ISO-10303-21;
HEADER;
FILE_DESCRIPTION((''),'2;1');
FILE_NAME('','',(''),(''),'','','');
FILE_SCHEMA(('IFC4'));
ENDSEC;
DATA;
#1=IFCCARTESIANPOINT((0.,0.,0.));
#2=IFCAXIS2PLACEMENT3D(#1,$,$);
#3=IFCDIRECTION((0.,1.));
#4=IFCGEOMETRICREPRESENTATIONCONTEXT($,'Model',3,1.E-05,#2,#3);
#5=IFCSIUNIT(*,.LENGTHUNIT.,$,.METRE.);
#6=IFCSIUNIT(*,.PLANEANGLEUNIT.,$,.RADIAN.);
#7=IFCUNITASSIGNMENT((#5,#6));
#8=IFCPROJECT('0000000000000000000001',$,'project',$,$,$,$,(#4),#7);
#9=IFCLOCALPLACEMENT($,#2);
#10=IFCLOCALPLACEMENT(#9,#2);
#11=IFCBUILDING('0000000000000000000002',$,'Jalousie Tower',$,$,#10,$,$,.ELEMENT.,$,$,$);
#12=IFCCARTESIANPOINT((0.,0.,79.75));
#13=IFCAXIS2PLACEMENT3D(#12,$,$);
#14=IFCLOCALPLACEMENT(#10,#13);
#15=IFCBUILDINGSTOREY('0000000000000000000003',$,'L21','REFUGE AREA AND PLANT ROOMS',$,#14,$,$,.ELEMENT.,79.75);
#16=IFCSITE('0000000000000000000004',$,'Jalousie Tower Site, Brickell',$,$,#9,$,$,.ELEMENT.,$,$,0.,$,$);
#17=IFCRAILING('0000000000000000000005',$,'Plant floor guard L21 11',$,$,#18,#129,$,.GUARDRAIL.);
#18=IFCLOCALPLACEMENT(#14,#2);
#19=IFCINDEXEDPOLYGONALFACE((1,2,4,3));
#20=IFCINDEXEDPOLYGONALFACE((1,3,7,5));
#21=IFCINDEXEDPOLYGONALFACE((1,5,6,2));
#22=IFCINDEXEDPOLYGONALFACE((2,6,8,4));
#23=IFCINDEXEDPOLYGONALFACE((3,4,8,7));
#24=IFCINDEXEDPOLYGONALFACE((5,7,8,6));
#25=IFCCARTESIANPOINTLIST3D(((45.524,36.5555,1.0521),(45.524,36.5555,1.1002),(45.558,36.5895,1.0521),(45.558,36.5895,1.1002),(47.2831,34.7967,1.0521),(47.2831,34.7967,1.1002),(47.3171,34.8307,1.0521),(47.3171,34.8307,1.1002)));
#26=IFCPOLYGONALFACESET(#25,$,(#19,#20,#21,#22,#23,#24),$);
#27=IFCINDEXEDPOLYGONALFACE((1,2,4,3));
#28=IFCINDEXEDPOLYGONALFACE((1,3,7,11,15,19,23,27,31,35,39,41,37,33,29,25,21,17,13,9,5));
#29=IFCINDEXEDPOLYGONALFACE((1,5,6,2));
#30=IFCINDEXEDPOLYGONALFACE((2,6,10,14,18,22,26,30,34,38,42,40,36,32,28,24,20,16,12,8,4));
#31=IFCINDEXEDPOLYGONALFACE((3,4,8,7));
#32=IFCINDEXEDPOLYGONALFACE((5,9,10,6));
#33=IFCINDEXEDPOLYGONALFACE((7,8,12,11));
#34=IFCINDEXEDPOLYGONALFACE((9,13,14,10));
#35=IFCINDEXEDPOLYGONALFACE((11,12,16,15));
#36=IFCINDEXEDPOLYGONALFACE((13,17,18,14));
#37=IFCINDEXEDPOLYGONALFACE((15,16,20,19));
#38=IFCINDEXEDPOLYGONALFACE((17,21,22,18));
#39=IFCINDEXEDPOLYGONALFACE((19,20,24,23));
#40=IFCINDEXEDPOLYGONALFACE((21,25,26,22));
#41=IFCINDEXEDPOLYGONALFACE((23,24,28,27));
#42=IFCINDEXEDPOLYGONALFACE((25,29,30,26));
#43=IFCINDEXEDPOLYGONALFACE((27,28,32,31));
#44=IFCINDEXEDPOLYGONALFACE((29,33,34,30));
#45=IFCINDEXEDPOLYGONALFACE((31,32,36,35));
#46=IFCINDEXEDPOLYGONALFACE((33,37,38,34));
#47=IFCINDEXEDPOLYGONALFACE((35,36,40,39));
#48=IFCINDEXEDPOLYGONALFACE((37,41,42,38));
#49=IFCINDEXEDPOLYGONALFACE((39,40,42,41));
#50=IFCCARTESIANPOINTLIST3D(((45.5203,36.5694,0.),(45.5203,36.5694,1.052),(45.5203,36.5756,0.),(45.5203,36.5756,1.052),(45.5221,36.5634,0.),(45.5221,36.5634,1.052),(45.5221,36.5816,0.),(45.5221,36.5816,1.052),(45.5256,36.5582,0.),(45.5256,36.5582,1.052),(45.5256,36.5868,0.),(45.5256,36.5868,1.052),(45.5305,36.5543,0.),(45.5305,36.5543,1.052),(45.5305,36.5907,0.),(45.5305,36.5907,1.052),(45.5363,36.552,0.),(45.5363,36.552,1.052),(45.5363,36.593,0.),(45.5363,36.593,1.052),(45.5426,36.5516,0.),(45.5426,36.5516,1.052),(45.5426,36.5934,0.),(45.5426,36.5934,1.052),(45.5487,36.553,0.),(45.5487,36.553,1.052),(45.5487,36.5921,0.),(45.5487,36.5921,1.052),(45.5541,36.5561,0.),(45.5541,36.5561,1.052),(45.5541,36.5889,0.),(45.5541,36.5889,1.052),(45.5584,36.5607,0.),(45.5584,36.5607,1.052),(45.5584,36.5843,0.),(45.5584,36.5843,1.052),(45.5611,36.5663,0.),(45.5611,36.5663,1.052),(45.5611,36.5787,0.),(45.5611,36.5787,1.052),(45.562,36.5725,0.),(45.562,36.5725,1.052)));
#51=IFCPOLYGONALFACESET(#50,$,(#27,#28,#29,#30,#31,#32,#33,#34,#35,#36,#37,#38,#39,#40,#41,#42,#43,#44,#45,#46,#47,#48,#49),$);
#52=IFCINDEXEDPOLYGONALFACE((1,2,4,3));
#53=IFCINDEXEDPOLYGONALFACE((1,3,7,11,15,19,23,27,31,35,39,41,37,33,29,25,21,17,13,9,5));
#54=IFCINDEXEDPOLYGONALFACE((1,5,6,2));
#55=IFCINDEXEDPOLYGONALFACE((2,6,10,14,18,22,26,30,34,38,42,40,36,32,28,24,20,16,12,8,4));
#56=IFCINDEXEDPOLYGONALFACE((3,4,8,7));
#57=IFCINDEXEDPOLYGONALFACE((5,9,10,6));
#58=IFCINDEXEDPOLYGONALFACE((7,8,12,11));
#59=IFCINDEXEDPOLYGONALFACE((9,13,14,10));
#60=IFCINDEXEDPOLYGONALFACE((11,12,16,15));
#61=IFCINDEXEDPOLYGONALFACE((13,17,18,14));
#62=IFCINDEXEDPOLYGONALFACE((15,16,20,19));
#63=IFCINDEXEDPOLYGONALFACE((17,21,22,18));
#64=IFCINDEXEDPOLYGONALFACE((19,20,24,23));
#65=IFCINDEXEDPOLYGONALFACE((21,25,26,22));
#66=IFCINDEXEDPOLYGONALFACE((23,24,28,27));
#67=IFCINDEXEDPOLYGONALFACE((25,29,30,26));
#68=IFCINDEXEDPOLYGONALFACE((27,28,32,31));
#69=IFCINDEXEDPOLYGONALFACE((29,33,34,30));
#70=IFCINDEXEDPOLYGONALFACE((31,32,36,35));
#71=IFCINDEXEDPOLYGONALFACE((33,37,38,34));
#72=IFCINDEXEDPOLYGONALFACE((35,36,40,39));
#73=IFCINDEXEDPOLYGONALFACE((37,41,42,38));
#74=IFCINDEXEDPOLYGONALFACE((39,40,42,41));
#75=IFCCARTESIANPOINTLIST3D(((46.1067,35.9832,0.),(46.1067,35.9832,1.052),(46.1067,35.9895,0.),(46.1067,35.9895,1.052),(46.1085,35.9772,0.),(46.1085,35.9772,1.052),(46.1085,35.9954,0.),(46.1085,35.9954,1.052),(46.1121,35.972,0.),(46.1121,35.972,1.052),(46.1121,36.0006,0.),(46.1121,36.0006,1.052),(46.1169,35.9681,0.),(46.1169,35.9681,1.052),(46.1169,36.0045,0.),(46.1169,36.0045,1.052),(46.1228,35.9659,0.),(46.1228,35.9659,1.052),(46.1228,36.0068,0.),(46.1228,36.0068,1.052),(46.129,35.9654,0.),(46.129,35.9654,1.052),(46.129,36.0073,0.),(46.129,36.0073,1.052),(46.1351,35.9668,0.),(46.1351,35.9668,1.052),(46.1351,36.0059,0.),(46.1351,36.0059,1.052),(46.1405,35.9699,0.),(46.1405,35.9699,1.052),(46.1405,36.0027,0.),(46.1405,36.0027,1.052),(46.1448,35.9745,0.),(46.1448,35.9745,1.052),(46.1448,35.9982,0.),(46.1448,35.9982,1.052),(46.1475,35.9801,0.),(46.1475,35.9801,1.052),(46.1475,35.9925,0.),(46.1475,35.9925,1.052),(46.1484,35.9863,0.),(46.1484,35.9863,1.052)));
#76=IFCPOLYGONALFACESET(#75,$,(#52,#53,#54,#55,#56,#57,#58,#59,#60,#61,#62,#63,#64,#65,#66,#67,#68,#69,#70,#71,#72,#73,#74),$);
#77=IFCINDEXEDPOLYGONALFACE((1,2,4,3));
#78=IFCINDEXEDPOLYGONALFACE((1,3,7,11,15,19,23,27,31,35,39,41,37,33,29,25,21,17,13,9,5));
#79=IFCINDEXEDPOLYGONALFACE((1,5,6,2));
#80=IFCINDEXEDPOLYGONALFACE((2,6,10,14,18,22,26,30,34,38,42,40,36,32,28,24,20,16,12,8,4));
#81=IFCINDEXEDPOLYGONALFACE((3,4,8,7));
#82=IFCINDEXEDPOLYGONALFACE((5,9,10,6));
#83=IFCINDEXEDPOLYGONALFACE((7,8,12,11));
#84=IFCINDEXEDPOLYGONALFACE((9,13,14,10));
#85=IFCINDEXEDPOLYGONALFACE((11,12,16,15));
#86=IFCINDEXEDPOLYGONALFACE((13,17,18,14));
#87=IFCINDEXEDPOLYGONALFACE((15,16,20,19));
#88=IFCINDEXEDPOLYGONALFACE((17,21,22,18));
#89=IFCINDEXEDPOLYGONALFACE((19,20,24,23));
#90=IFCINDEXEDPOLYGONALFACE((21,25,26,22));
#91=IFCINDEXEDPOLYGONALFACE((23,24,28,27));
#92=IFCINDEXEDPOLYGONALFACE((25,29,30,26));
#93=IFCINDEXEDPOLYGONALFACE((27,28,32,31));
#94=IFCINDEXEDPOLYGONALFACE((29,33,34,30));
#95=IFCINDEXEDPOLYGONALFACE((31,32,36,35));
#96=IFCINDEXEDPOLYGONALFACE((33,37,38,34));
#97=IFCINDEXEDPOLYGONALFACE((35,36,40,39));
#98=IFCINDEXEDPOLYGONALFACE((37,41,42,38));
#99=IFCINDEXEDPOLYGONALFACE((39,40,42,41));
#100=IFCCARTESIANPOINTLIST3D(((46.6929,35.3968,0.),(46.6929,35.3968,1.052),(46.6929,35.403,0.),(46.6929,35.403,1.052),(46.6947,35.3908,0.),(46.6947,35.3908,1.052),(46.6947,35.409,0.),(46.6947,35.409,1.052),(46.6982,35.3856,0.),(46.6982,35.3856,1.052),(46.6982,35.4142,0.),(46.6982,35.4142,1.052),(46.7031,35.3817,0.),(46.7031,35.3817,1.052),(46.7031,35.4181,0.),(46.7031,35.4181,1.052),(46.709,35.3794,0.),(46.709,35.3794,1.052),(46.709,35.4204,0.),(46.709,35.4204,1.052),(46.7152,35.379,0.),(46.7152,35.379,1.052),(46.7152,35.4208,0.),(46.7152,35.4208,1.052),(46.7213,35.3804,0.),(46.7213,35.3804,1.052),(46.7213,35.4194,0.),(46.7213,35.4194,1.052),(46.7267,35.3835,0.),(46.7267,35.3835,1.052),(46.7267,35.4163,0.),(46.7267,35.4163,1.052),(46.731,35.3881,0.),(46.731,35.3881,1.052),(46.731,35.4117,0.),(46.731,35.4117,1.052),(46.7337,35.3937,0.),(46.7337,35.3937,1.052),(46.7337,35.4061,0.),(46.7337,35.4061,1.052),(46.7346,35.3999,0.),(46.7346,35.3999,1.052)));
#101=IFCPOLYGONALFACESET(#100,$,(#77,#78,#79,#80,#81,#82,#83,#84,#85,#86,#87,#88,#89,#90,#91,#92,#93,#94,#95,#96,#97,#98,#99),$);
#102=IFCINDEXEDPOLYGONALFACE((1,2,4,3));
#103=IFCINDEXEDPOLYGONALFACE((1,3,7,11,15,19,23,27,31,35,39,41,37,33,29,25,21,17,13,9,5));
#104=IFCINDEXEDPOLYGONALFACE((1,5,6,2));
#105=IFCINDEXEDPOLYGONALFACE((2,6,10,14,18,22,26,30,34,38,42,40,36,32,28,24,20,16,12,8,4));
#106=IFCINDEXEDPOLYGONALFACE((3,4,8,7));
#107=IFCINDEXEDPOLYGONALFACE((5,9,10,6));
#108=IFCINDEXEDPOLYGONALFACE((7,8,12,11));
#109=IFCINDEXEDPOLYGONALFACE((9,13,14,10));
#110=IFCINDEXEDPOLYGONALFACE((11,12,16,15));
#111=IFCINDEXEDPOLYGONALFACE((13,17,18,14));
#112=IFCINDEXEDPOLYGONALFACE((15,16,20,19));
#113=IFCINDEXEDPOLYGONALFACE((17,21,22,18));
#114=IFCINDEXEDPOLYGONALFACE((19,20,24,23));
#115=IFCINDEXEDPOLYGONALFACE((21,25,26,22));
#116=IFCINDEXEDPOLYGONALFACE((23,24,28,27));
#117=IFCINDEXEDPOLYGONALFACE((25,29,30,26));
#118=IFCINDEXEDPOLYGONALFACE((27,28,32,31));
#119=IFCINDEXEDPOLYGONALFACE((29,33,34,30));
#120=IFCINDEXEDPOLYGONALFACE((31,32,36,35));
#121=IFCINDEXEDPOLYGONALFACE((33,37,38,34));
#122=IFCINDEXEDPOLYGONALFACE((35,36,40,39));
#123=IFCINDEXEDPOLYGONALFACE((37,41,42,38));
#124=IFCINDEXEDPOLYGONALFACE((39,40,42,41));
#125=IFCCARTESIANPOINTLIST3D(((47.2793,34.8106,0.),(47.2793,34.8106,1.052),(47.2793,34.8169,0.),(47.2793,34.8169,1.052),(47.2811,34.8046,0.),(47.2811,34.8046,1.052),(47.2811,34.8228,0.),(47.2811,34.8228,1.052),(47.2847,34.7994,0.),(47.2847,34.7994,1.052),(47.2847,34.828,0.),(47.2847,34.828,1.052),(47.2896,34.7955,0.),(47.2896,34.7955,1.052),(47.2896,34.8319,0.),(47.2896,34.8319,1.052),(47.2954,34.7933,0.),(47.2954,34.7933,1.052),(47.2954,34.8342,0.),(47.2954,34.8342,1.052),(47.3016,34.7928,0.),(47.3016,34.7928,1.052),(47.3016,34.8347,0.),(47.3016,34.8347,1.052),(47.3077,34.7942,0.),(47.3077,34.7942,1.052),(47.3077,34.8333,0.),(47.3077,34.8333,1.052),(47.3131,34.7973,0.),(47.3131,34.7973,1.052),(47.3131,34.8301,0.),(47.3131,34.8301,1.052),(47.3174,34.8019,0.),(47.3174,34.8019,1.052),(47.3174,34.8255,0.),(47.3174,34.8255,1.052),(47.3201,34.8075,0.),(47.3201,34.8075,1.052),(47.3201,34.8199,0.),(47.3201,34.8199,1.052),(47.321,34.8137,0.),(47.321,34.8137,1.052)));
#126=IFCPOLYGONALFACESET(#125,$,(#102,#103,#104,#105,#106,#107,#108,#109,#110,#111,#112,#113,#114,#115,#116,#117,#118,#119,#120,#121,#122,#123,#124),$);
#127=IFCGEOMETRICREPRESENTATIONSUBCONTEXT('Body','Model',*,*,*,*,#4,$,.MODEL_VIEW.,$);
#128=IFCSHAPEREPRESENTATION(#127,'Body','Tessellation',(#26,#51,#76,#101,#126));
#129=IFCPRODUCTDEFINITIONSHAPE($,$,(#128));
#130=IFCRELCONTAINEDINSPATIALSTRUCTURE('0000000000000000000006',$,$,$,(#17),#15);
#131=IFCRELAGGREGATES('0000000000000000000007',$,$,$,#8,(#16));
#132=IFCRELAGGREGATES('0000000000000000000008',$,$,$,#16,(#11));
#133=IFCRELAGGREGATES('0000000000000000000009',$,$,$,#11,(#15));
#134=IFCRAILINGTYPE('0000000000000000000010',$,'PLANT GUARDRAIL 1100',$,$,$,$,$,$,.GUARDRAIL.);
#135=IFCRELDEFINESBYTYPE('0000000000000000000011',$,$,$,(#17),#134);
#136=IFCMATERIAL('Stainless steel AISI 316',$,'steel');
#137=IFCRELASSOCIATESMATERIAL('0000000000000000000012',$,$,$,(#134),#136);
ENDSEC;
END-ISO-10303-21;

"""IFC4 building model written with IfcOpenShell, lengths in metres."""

from ifc_helpers import new_model, si_unit, direction, frame, origin, origin_2d, place, context, subcontext, project, spatial, rectangle, circle, extrude, material, type_object, element, save


model = new_model("IFC4")

# Units and contexts
model_context = context("Model", 3, precision=1e-05, world=origin(), true_north=direction((0.0, 1.0)))
body_context = subcontext(model_context, "Body", "Model", "MODEL_VIEW")
ifc_project = project(units=[si_unit("LENGTHUNIT", "METRE"), si_unit("PLANEANGLEUNIT", "RADIAN")], contexts=[model_context])

# Site, building, storey
site_placement = place(None, origin())
site = spatial("IfcSite", under=ifc_project, at=site_placement, Name="Jalousie Tower Site, Brickell", CompositionType="ELEMENT", RefElevation=0.0)
building_placement = place(site_placement, origin())
building = spatial("IfcBuilding", under=site, at=building_placement, Name="Jalousie Tower", CompositionType="ELEMENT")
storey_placement = place(building_placement, frame((0.0, 0.0, 79.75)))
storey = spatial("IfcBuildingStorey", under=building, at=storey_placement, Name="L21", Description="REFUGE AREA AND PLANT ROOMS", CompositionType="ELEMENT", Elevation=79.75)

# Railing
ifc_material_1 = material(Name="Stainless steel AISI 316", Category="steel")
railing_type_1 = type_object("IfcRailingType", Name="PLANT GUARDRAIL 1100", PredefinedType="GUARDRAIL", material=ifc_material_1)
railing_1_placement = place(storey_placement, frame((45.541, 36.5725, 0.0)))
element("IfcRailing", 1, at=railing_1_placement, inside=storey, type_object=railing_type_1, Name="Plant floor guard L21 11", PredefinedType="GUARDRAIL", context=body_context, shape_type="SweptSolid", body=[
    extrude(rectangle(XDim=0.0481, YDim=0.0481, at=origin_2d()), frame((0.0, 0.0, 1.0762), z_axis=(0.707156, -0.707058, 0.0), x_axis=(0.707058, 0.707156, 0.0)), (0.0, 0.0, 1.0), 2.4875),
    extrude(circle(Radius=0.021, at=origin_2d()), origin(), (0.0, 0.0, 1.0), 1.052),
    extrude(circle(Radius=0.021, at=origin_2d()), frame((0.5864, -0.5862, 0.0)), (0.0, 0.0, 1.0), 1.052),
    extrude(circle(Radius=0.021, at=origin_2d()), frame((1.1726, -1.1726, 0.0)), (0.0, 0.0, 1.0), 1.052),
    extrude(circle(Radius=0.021, at=origin_2d()), frame((1.759, -1.7588, 0.0)), (0.0, 0.0, 1.0), 1.052),
])

save(model, "model.ifc")
